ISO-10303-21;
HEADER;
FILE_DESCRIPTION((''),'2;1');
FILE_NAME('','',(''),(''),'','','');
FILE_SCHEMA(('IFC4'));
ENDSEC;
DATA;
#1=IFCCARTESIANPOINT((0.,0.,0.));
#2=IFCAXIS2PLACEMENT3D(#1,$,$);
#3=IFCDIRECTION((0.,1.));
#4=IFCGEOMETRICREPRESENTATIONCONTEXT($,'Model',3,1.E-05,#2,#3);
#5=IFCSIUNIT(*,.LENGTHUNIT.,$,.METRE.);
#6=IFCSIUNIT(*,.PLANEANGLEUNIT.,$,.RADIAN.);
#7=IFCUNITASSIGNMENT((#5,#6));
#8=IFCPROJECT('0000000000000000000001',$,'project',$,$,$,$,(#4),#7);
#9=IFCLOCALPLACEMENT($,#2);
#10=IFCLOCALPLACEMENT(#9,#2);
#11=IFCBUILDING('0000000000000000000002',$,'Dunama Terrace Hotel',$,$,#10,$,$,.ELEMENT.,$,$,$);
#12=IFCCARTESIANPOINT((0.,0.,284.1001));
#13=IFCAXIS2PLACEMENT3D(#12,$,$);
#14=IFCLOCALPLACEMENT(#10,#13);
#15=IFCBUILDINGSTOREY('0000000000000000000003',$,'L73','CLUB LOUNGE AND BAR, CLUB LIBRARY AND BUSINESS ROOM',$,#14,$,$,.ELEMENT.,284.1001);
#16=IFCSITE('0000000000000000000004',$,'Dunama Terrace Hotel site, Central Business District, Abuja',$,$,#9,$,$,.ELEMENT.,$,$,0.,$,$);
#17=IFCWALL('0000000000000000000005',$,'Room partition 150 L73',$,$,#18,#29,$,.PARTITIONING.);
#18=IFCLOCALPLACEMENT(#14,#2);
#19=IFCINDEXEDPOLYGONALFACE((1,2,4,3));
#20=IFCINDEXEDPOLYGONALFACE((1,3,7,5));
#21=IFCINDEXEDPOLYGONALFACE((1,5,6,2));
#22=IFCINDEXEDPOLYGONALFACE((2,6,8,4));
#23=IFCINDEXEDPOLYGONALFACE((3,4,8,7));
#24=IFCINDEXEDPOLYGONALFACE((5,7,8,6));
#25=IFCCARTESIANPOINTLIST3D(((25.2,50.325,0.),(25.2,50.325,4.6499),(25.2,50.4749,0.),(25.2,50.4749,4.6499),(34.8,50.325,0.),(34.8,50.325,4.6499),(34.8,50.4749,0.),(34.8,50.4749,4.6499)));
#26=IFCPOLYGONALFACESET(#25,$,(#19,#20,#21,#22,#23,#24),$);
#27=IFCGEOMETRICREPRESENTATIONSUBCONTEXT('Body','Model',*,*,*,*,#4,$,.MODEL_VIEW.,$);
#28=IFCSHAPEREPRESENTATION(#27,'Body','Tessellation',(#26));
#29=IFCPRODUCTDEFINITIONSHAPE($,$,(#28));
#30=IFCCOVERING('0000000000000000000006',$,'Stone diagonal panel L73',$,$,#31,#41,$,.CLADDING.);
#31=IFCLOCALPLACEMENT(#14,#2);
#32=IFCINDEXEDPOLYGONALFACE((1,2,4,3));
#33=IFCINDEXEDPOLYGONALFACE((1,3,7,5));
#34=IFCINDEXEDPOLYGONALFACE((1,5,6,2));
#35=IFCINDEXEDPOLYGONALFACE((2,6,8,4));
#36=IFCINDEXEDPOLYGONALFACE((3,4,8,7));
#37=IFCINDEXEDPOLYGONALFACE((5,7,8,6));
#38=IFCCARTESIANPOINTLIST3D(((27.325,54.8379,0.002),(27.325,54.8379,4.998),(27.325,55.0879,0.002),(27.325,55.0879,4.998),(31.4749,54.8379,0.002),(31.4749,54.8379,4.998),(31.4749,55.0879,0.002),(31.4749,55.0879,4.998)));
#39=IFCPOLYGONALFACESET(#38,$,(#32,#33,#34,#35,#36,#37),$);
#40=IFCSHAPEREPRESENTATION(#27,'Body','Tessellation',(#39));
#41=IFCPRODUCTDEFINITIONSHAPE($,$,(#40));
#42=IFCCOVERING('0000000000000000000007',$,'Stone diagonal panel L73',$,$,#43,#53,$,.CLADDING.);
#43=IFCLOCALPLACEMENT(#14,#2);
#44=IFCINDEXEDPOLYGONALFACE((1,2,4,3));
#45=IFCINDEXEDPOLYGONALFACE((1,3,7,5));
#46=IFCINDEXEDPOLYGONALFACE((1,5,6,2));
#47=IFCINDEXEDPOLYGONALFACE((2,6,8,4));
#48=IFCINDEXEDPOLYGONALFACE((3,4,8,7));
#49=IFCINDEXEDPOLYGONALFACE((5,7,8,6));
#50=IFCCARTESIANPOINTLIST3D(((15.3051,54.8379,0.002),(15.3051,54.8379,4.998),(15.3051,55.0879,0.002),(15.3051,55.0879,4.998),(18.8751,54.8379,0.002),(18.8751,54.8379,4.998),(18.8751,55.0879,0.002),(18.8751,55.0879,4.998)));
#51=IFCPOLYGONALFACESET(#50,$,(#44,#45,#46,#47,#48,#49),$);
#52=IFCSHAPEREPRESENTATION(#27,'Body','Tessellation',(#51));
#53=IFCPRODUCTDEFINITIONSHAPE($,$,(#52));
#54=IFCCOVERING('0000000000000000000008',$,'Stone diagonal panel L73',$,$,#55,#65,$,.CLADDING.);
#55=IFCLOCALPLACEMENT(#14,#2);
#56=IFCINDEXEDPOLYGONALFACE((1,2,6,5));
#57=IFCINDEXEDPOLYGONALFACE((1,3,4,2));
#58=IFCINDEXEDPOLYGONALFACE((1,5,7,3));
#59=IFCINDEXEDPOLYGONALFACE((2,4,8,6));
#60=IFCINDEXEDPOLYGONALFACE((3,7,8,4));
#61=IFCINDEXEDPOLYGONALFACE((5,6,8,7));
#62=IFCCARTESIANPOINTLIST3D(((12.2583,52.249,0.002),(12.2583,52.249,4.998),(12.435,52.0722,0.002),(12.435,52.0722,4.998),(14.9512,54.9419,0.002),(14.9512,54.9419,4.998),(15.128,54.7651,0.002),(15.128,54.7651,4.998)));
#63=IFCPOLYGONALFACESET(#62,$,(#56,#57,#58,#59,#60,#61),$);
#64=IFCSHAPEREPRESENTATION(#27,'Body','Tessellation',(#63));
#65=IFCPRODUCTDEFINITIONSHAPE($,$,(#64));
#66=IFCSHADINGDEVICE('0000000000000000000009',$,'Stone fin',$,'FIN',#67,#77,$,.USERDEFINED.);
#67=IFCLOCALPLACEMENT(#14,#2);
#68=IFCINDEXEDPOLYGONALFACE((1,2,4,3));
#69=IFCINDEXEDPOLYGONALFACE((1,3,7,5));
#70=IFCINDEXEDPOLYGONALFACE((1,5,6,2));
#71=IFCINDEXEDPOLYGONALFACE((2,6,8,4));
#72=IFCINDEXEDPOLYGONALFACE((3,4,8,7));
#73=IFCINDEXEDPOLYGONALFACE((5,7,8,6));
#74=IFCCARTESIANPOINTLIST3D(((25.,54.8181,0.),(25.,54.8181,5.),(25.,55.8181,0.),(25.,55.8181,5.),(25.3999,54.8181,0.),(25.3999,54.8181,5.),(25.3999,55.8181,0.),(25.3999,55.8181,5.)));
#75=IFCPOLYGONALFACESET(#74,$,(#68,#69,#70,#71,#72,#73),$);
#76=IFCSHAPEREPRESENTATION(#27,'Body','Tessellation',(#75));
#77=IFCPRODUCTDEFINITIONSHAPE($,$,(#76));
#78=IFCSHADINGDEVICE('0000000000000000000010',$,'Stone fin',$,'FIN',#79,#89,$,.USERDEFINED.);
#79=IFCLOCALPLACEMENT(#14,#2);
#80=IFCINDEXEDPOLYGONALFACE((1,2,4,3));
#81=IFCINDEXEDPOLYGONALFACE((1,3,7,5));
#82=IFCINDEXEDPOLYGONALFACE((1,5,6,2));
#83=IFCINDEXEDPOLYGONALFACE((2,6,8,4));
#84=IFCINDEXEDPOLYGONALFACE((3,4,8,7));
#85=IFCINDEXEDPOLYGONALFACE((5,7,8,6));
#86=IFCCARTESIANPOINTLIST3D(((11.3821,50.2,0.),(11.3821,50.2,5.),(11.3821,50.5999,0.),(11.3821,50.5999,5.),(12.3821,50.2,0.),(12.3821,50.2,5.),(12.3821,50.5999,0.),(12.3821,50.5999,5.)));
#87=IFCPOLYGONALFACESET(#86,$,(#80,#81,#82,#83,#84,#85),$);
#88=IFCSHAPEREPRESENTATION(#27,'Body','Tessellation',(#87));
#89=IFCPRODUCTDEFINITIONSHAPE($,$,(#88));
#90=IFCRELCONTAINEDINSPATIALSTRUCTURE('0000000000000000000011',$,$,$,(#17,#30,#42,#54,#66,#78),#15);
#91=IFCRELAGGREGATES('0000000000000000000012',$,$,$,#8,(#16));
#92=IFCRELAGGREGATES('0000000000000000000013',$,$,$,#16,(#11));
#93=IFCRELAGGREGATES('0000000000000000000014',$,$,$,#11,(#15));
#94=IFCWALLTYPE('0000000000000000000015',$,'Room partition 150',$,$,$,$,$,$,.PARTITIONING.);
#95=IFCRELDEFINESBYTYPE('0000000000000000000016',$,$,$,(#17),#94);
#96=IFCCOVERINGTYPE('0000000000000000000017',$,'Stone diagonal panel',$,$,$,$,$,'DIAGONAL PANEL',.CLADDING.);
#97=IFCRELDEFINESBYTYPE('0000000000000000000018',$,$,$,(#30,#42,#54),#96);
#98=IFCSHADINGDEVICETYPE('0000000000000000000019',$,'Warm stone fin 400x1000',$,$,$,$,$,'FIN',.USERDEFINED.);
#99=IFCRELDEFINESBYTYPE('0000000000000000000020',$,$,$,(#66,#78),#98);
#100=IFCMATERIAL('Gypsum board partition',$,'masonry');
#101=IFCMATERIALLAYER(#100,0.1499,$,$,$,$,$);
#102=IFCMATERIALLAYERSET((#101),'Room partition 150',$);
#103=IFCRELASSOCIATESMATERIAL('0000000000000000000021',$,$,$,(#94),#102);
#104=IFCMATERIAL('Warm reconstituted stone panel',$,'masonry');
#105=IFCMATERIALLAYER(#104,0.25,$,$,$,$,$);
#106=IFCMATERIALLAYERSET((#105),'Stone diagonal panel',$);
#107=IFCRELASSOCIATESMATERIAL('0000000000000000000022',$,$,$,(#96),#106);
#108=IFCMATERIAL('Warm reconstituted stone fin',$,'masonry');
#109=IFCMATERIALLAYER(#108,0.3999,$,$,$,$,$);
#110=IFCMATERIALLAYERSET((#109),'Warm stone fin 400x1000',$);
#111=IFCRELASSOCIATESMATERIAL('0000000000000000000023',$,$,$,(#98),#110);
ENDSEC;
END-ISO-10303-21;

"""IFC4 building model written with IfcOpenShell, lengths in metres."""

from ifc_helpers import new_model, si_unit, direction, frame, frame_2d, origin, origin_2d, place, context, subcontext, project, spatial, rectangle, extrude, material, layer, layer_set, type_object, element, save


model = new_model("IFC4")

# Units and contexts
model_context = context("Model", 3, precision=1e-05, world=origin(), true_north=direction((0.0, 1.0)))
body_context = subcontext(model_context, "Body", "Model", "MODEL_VIEW")
ifc_project = project(units=[si_unit("LENGTHUNIT", "METRE"), si_unit("PLANEANGLEUNIT", "RADIAN")], contexts=[model_context])

# Site, building, storey
site_placement = place(None, origin())
site = spatial("IfcSite", under=ifc_project, at=site_placement, Name="Dunama Terrace Hotel site, Central Business District, Abuja", CompositionType="ELEMENT", RefElevation=0.0)
building_placement = place(site_placement, origin())
building = spatial("IfcBuilding", under=site, at=building_placement, Name="Dunama Terrace Hotel", CompositionType="ELEMENT")
storey_placement = place(building_placement, frame((0.0, 0.0, 284.1001)))
storey = spatial("IfcBuildingStorey", under=building, at=storey_placement, Name="L73", Description="CLUB LOUNGE AND BAR, CLUB LIBRARY AND BUSINESS ROOM", CompositionType="ELEMENT", Elevation=284.1001)

# Wall
ifc_material_1 = material(Name="Gypsum board partition", Category="masonry")
ifc_layer_1 = layer(ifc_material_1, 0.1499)
ifc_layer_set_1 = layer_set([ifc_layer_1], Name="Room partition 150")
wall_type = type_object("IfcWallType", Name="Room partition 150", PredefinedType="PARTITIONING", material=ifc_layer_set_1)
wall_placement = place(storey_placement, frame((25.2, 50.3999, 0.0), z_axis=(0.0, 0.0, 1.0), x_axis=(1.0, 0.0, 0.0)))
element("IfcWall", 1, at=wall_placement, inside=storey, type_object=wall_type, Name="Room partition 150 L73", PredefinedType="PARTITIONING", context=body_context, shape_type="SweptSolid", body=[
    extrude(rectangle(XDim=9.6001, YDim=0.1499, at=frame_2d((4.8, 0.0))), origin(), (0.0, 0.0, 1.0), 4.6499),
])

# Coverings
ifc_material_2 = material(Name="Warm reconstituted stone panel", Category="masonry")
ifc_layer_2 = layer(ifc_material_2, 0.25)
ifc_layer_set_2 = layer_set([ifc_layer_2], Name="Stone diagonal panel")
covering_type = type_object("IfcCoveringType", Name="Stone diagonal panel", ElementType="DIAGONAL PANEL", PredefinedType="CLADDING", material=ifc_layer_set_2)
covering_1_placement = place(storey_placement, frame((29.3999, 54.9629, 0.002), z_axis=(0.0, 0.0, 1.0), x_axis=(-1.0, 0.0, 0.0)))
element("IfcCovering", 2, at=covering_1_placement, inside=storey, type_object=covering_type, Name="Stone diagonal panel L73", PredefinedType="CLADDING", context=body_context, shape_type="SweptSolid", body=[
    extrude(rectangle(XDim=4.1499, YDim=0.25, at=origin_2d()), origin(), (0.0, 0.0, 1.0), 4.9961),
])
covering_2_placement = place(storey_placement, frame((17.0901, 54.9629, 0.002), z_axis=(0.0, 0.0, 1.0), x_axis=(-1.0, 0.0, 0.0)))
element("IfcCovering", 3, at=covering_2_placement, inside=storey, type_object=covering_type, Name="Stone diagonal panel L73", PredefinedType="CLADDING", context=body_context, shape_type="SweptSolid", body=[
    extrude(rectangle(XDim=3.5701, YDim=0.25, at=origin_2d()), origin(), (0.0, 0.0, 1.0), 4.9961),
])
covering_3_placement = place(storey_placement, frame((13.6931, 53.5071, 0.002), z_axis=(0.0, 0.0, 1.0), x_axis=(-0.707107, -0.707107, 0.0)))
element("IfcCovering", 4, at=covering_3_placement, inside=storey, type_object=covering_type, Name="Stone diagonal panel L73", PredefinedType="CLADDING", context=body_context, shape_type="SweptSolid", body=[
    extrude(rectangle(XDim=3.8083, YDim=0.25, at=origin_2d()), origin(), (0.0, 0.0, 1.0), 4.9961),
])

# Shading devices
ifc_material_3 = material(Name="Warm reconstituted stone fin", Category="masonry")
ifc_layer_3 = layer(ifc_material_3, 0.3999)
ifc_layer_set_3 = layer_set([ifc_layer_3], Name="Warm stone fin 400x1000")
shading_device_type = type_object("IfcShadingDeviceType", Name="Warm stone fin 400x1000", ElementType="FIN", PredefinedType="USERDEFINED", material=ifc_layer_set_3)
for number, where, z_axis, x_axis, name in (
    (5, (25.2, 55.3181, 0.0), (0.0, 0.0, 1.0), (-1.0, 0.0, 0.0), "Stone fin"),
    (6, (11.8821, 50.3999, 0.0), (0.0, 0.0, 1.0), (0.0, -1.0, 0.0), "Stone fin"),
):
    element("IfcShadingDevice", number, at=place(storey_placement, frame(where, z_axis=z_axis, x_axis=x_axis)), inside=storey, type_object=shading_device_type, Name=name, ObjectType="FIN", PredefinedType="USERDEFINED", context=body_context, shape_type="SweptSolid", body=[
        extrude(rectangle(XDim=0.3999, YDim=1.0, at=origin_2d()), origin(), (0.0, 0.0, 1.0), 5.0),
    ])

save(model, "model.ifc")
